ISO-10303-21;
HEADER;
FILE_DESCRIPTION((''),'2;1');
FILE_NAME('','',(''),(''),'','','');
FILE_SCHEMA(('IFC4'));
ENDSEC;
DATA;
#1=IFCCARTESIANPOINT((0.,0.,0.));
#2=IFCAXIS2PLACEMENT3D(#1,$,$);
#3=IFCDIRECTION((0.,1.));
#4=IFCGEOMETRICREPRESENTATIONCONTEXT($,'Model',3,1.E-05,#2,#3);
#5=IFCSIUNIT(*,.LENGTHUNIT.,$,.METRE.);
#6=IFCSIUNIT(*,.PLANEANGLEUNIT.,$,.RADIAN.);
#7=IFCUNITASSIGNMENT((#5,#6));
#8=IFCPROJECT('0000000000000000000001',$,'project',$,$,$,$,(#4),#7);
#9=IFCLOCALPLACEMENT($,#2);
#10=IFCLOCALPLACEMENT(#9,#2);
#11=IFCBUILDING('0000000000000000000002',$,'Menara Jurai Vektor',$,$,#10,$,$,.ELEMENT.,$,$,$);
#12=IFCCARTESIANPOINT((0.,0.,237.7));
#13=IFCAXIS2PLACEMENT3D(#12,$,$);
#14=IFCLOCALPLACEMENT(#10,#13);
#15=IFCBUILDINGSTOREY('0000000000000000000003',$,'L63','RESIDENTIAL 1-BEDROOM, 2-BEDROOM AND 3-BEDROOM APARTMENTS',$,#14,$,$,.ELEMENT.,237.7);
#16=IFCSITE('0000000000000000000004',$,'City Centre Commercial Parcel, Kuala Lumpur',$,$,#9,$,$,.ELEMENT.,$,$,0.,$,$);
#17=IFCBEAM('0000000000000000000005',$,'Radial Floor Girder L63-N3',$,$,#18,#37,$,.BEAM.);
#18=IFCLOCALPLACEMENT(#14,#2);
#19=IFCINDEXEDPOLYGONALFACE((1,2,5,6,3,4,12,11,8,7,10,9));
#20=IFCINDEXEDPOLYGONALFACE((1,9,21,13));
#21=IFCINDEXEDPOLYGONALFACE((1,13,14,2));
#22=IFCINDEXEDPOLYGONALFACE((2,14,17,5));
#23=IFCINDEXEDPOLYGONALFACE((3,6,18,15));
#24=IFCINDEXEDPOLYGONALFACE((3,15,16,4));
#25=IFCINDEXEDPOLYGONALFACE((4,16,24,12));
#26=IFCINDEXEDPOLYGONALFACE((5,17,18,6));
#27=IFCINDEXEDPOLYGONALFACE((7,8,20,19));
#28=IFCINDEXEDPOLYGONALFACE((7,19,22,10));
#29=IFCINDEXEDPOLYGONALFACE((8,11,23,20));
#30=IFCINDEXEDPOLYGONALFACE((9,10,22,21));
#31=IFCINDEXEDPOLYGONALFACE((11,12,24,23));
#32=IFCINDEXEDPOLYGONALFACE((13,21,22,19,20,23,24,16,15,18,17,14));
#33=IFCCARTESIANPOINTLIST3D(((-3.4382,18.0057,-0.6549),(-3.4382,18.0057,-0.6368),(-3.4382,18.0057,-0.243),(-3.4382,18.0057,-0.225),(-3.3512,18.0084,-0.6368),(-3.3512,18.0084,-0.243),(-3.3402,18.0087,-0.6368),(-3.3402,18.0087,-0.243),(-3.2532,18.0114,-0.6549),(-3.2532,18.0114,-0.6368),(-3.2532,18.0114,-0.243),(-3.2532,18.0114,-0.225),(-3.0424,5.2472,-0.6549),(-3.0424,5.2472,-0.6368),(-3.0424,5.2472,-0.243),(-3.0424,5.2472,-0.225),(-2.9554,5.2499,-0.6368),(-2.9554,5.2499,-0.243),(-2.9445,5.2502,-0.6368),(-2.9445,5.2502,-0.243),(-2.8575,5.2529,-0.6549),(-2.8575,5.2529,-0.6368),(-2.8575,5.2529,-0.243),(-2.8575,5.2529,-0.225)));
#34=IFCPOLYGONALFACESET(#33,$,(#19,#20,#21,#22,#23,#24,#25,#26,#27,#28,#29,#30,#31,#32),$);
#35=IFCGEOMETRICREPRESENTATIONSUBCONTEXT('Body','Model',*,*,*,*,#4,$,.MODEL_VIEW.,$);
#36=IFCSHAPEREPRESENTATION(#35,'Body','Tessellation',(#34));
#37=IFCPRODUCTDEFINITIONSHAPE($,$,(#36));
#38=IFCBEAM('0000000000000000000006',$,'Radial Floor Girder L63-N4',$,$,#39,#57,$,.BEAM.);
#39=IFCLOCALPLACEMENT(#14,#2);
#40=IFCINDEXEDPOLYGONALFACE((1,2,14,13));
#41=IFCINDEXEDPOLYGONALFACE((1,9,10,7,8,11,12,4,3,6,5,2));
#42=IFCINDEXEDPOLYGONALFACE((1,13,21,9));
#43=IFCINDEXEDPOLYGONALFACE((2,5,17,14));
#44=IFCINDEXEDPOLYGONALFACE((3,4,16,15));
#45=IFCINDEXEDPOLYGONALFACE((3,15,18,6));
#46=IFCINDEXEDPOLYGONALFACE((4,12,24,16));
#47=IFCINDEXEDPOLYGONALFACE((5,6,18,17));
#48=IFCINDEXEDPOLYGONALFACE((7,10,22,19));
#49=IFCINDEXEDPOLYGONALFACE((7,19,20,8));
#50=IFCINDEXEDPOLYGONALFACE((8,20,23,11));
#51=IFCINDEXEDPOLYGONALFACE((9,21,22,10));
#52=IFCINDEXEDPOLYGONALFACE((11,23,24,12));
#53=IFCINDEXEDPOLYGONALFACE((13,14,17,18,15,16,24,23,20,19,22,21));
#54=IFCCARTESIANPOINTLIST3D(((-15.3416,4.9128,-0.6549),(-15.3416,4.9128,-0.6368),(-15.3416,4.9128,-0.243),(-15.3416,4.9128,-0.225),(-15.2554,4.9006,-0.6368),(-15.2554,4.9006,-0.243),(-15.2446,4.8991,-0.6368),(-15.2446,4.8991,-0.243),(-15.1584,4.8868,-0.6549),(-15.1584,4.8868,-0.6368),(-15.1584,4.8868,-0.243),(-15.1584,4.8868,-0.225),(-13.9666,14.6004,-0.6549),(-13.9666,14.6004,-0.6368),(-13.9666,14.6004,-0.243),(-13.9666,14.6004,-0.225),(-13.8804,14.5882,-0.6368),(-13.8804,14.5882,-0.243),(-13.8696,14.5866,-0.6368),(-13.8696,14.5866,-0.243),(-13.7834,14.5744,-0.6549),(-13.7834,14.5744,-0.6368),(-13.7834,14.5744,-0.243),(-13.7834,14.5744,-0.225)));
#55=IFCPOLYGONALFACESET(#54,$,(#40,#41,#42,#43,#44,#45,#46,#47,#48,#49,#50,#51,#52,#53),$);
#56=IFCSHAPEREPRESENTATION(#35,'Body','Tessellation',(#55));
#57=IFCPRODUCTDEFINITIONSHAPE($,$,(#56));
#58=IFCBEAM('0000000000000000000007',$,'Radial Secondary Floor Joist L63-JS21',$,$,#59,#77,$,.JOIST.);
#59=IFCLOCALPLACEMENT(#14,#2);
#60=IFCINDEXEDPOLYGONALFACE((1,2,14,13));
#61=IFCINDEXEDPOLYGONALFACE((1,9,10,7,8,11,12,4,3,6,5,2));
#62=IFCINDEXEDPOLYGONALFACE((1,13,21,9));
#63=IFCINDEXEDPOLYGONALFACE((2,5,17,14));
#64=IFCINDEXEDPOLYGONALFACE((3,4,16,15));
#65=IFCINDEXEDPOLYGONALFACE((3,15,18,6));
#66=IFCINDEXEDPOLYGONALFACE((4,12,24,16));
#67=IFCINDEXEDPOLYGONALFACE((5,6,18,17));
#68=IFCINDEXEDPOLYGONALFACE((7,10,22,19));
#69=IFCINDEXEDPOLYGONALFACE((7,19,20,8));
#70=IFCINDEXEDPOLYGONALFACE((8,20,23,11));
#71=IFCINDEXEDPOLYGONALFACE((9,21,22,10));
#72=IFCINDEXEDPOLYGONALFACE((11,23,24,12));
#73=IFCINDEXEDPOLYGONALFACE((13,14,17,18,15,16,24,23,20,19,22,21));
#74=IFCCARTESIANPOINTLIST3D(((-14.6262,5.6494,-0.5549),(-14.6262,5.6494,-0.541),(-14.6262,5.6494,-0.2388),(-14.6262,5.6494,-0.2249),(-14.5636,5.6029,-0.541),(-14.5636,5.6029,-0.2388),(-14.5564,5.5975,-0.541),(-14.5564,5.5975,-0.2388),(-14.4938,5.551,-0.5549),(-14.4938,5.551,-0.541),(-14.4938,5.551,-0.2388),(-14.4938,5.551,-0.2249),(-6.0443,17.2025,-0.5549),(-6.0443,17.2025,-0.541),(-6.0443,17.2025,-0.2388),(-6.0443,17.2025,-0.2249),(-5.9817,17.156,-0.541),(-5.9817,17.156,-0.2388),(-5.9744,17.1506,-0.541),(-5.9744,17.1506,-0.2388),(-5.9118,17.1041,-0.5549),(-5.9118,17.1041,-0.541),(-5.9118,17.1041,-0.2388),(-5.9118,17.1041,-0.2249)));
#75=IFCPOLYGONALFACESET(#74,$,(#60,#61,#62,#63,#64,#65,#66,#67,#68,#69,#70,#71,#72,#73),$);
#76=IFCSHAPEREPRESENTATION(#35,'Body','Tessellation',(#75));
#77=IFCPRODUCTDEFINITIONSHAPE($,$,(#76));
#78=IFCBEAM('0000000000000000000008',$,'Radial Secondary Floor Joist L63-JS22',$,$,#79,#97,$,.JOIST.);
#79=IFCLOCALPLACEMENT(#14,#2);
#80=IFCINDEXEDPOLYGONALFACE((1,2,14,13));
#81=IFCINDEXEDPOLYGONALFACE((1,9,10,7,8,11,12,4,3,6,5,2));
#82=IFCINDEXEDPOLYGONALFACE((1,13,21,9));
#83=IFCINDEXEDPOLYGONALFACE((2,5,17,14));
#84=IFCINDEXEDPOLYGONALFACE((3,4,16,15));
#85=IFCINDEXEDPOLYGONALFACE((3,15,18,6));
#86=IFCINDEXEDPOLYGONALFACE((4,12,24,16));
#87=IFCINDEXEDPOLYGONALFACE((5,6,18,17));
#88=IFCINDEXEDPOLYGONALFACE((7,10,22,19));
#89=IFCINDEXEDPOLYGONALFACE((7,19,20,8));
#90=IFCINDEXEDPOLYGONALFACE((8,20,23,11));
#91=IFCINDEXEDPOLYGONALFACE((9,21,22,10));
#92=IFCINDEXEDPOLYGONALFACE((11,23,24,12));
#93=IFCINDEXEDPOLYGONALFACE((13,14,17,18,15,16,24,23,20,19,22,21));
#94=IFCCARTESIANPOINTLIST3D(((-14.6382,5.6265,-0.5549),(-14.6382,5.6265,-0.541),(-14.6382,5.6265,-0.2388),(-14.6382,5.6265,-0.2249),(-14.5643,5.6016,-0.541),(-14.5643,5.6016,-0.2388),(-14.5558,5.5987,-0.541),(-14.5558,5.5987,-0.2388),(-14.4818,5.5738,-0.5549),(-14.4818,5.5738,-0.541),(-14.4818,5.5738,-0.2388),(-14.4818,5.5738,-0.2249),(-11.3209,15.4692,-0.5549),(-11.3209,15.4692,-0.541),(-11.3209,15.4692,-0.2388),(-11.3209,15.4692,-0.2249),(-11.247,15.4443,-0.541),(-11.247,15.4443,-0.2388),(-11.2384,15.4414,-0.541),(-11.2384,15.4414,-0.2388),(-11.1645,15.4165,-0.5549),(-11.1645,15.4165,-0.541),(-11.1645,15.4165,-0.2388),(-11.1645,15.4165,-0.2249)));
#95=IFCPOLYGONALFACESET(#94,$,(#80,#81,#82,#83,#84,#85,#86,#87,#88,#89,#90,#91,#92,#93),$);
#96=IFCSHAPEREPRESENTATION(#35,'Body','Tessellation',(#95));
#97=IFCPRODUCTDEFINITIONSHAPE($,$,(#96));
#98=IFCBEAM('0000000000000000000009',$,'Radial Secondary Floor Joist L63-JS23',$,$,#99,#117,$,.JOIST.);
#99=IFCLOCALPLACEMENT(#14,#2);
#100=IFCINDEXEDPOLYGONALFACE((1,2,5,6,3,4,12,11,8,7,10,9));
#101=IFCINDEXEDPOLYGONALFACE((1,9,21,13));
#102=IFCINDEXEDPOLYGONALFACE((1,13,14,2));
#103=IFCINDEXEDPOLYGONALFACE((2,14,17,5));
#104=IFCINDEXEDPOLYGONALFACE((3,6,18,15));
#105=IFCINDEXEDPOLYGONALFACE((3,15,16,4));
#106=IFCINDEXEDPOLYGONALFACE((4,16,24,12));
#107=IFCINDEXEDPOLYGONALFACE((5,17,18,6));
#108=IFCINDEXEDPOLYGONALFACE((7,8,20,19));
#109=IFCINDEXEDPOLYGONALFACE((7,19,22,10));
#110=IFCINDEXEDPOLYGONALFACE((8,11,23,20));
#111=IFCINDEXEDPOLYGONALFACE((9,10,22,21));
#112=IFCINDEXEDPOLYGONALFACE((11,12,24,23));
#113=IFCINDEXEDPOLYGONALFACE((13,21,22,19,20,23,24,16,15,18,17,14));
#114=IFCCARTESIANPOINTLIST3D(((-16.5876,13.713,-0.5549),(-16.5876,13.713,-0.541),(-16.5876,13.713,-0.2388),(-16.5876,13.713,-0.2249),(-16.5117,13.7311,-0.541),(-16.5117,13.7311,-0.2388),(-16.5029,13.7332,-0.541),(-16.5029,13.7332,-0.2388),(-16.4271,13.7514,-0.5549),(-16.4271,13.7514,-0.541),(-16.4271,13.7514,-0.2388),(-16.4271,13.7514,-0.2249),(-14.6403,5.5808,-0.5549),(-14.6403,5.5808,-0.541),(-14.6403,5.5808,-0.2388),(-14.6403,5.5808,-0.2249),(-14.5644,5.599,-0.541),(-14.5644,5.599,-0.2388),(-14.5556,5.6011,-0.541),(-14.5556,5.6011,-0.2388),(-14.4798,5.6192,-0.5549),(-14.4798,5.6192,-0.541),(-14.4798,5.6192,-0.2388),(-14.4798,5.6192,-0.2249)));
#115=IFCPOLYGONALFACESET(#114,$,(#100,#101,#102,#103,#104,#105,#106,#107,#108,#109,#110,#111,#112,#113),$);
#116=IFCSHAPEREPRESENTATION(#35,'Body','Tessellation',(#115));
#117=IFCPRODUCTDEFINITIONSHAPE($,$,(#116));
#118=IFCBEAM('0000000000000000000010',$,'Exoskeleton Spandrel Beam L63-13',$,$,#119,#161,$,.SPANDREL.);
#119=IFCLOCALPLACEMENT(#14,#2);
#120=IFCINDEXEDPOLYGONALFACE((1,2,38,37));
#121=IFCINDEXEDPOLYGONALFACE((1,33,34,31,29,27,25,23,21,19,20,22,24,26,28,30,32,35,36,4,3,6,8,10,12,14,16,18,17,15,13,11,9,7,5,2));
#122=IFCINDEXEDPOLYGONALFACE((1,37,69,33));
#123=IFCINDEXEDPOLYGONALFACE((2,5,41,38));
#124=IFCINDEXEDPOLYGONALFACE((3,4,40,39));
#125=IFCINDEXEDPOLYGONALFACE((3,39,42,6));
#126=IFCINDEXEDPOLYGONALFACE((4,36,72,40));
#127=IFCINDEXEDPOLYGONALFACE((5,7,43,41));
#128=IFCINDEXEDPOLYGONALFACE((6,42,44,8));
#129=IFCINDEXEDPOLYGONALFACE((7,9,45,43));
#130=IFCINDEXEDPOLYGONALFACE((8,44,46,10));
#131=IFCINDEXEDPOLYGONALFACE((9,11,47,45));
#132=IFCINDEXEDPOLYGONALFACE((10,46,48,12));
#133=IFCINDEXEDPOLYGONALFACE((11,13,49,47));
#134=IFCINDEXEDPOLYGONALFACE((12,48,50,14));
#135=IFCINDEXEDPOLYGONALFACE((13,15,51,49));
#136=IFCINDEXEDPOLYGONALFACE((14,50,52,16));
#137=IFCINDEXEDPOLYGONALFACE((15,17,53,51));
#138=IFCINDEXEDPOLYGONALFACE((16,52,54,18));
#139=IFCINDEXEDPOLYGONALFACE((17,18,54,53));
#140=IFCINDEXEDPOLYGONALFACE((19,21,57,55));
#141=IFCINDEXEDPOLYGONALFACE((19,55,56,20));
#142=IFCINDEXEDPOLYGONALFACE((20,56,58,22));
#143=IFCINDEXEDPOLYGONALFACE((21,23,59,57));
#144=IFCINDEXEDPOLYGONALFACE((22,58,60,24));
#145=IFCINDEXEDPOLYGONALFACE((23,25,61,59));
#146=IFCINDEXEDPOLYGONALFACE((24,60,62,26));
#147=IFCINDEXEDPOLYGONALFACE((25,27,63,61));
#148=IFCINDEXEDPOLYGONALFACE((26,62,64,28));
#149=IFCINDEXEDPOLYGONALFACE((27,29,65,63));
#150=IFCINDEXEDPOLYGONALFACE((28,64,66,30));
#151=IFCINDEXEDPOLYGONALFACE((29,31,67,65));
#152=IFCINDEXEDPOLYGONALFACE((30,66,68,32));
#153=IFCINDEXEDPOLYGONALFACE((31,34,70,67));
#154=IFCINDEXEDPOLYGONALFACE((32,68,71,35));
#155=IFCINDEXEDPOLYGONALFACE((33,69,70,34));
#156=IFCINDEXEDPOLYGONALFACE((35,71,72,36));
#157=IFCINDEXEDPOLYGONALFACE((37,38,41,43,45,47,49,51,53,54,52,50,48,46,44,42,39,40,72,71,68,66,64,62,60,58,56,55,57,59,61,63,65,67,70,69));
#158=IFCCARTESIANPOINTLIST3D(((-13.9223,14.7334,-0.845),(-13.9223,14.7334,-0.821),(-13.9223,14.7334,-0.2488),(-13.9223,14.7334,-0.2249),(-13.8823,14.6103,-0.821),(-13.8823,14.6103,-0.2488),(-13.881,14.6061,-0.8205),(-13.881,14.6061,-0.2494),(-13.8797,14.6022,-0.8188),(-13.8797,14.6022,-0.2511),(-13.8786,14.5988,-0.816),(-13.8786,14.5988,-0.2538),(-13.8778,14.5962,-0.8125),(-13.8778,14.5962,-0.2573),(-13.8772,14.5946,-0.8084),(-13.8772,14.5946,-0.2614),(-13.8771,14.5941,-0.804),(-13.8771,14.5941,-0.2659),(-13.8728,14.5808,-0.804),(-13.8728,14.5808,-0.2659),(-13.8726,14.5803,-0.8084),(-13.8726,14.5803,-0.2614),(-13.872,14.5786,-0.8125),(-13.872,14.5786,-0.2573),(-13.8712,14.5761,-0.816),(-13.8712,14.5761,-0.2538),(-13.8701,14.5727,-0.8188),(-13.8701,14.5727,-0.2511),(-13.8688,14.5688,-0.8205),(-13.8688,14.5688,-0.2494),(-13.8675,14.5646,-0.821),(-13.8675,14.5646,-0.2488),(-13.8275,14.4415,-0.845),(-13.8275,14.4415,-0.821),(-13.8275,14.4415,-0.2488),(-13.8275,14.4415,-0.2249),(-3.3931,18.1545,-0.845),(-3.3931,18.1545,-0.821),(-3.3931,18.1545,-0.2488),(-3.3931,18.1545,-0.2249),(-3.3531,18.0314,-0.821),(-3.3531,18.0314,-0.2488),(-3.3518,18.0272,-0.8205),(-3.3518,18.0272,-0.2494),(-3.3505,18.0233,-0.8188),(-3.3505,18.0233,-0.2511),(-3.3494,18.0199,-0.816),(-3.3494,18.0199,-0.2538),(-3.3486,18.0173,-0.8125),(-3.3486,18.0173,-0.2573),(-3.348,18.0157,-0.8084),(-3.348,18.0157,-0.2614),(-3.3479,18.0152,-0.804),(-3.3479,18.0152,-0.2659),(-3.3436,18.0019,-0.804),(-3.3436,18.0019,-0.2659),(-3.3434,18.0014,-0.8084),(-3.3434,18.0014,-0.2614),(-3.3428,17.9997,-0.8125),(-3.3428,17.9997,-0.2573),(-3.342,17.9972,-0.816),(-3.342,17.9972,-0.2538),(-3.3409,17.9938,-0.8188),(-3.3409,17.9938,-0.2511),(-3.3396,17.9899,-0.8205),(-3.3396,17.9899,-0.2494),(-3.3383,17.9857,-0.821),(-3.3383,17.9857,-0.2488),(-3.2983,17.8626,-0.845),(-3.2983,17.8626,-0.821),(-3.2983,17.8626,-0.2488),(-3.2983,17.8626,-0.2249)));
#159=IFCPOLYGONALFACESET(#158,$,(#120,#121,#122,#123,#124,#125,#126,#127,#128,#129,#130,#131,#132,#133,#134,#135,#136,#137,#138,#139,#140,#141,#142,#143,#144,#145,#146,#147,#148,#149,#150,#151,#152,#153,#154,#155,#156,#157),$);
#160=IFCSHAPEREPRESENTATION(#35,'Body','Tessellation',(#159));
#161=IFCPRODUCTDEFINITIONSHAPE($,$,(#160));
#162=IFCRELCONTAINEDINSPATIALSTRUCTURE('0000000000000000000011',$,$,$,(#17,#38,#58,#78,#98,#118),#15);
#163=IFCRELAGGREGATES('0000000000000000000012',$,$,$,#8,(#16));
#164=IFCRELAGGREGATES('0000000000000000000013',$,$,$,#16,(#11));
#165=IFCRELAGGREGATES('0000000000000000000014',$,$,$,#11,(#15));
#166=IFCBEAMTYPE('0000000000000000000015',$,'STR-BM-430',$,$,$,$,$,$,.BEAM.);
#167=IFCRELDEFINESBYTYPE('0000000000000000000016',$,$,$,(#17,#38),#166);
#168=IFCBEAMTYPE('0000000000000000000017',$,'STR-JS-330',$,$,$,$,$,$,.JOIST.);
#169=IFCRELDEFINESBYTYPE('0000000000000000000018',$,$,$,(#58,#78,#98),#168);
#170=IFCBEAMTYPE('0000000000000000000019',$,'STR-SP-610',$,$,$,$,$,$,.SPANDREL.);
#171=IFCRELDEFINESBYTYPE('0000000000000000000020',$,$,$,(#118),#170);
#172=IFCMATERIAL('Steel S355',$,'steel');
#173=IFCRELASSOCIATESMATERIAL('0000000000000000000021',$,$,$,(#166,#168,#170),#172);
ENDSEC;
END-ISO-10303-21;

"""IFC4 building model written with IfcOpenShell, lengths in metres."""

from ifc_helpers import new_model, si_unit, direction, frame, origin, origin_2d, place, context, subcontext, project, spatial, i_section, extrude, material, material_profile, profile_set, type_object, element, save


model = new_model("IFC4")

# Units and contexts
model_context = context("Model", 3, precision=1e-05, world=origin(), true_north=direction((0.0, 1.0)))
body_context = subcontext(model_context, "Body", "Model", "MODEL_VIEW")
ifc_project = project(units=[si_unit("LENGTHUNIT", "METRE"), si_unit("PLANEANGLEUNIT", "RADIAN")], contexts=[model_context])

# Site, building, storey
site_placement = place(None, origin())
site = spatial("IfcSite", under=ifc_project, at=site_placement, Name="City Centre Commercial Parcel, Kuala Lumpur", CompositionType="ELEMENT", RefElevation=0.0)
building_placement = place(site_placement, origin())
building = spatial("IfcBuilding", under=site, at=building_placement, Name="Menara Jurai Vektor", CompositionType="ELEMENT")
storey_placement = place(building_placement, frame((0.0, 0.0, 237.7)))
storey = spatial("IfcBuildingStorey", under=building, at=storey_placement, Name="L63", Description="RESIDENTIAL 1-BEDROOM, 2-BEDROOM AND 3-BEDROOM APARTMENTS", CompositionType="ELEMENT", Elevation=237.7)

# Beams
ifc_material_1 = material(Name="Steel S355", Category="steel")
ifc_material_profile_1 = material_profile(ifc_material_1, i_section(OverallWidth=0.1851, OverallDepth=0.4299, WebThickness=0.011, FlangeThickness=0.0181, at=origin_2d()), Name="PG 430x185x76")
ifc_profile_set_1 = profile_set([ifc_material_profile_1], Name="Steel S355")
beam_type_1 = type_object("IfcBeamType", Name="STR-BM-430", PredefinedType="BEAM", material=ifc_profile_set_1)
beam_1_placement = place(storey_placement, frame((-3.3457, 18.0085, -0.4399), z_axis=(0.031004, -0.999519, 0.0), x_axis=(0.999519, 0.031004, 0.0)))
element("IfcBeam", 1, at=beam_1_placement, inside=storey, type_object=beam_type_1, Name="Radial Floor Girder L63-N3", PredefinedType="BEAM", context=body_context, shape_type="SweptSolid", body=[
    extrude(i_section(OverallWidth=0.1851, OverallDepth=0.4299, WebThickness=0.011, FlangeThickness=0.0181, at=origin_2d()), origin(), (0.0, 0.0, 1.0), 12.7646),
])
beam_2_placement = place(storey_placement, frame((-13.875, 14.5874, -0.4399), z_axis=(-0.140527, -0.990077, 0.0), x_axis=(0.990077, -0.140527, 0.0)))
element("IfcBeam", 2, at=beam_2_placement, inside=storey, type_object=beam_type_1, Name="Radial Floor Girder L63-N4", PredefinedType="BEAM", context=body_context, shape_type="SweptSolid", body=[
    extrude(i_section(OverallWidth=0.1851, OverallDepth=0.4299, WebThickness=0.011, FlangeThickness=0.0181, at=origin_2d()), origin(), (0.0, 0.0, 1.0), 9.7847),
])
ifc_material_profile_2 = material_profile(ifc_material_1, i_section(OverallWidth=0.165, OverallDepth=0.3301, WebThickness=0.009, FlangeThickness=0.0139, at=origin_2d()), Name="PG 330x165x46")
ifc_profile_set_2 = profile_set([ifc_material_profile_2], Name="Steel S355")
beam_type_2 = type_object("IfcBeamType", Name="STR-JS-330", PredefinedType="JOIST", material=ifc_profile_set_2)
beam_3_placement = place(storey_placement, frame((-5.978, 17.1533, -0.3899), z_axis=(-0.596308, -0.802756, 0.0), x_axis=(0.802756, -0.596308, 0.0)))
element("IfcBeam", 3, at=beam_3_placement, inside=storey, type_object=beam_type_2, Name="Radial Secondary Floor Joist L63-JS21", PredefinedType="JOIST", context=body_context, shape_type="SweptSolid", body=[
    extrude(i_section(OverallWidth=0.165, OverallDepth=0.3301, WebThickness=0.009, FlangeThickness=0.0139, at=origin_2d()), origin(), (0.0, 0.0, 1.0), 14.3918),
])
beam_4_placement = place(storey_placement, frame((-11.2427, 15.4429, -0.3899), z_axis=(-0.319385, -0.947625, 0.0), x_axis=(0.947625, -0.319385, 0.0)))
element("IfcBeam", 4, at=beam_4_placement, inside=storey, type_object=beam_type_2, Name="Radial Secondary Floor Joist L63-JS22", PredefinedType="JOIST", context=body_context, shape_type="SweptSolid", body=[
    extrude(i_section(OverallWidth=0.165, OverallDepth=0.3301, WebThickness=0.009, FlangeThickness=0.0139, at=origin_2d()), origin(), (0.0, 0.0, 1.0), 10.3867),
])
beam_5_placement = place(storey_placement, frame((-16.5073, 13.7322, -0.3899), z_axis=(0.232872, -0.972507, 0.0), x_axis=(0.972507, 0.232872, 0.0)))
element("IfcBeam", 5, at=beam_5_placement, inside=storey, type_object=beam_type_2, Name="Radial Secondary Floor Joist L63-JS23", PredefinedType="JOIST", context=body_context, shape_type="SweptSolid", body=[
    extrude(i_section(OverallWidth=0.165, OverallDepth=0.3301, WebThickness=0.009, FlangeThickness=0.0139, at=origin_2d()), origin(), (0.0, 0.0, 1.0), 8.3621),
])
ifc_material_profile_3 = material_profile(ifc_material_1, i_section(OverallWidth=0.3069, OverallDepth=0.6201, WebThickness=0.0139, FlangeThickness=0.0239, FilletRadius=0.0171, at=origin_2d()), Name="UKB 610x305x179")
ifc_profile_set_3 = profile_set([ifc_material_profile_3], Name="Steel S355")
beam_type_3 = type_object("IfcBeamType", Name="STR-SP-610", PredefinedType="SPANDREL", material=ifc_profile_set_3)
for number, where, z_axis, x_axis, name in (
    (6, (-3.3457, 18.0085, -0.5349), (-0.951057, -0.309014, 0.0), (0.309014, -0.951057, 0.0), "Exoskeleton Spandrel Beam L63-13"),
):
    element("IfcBeam", number, at=place(storey_placement, frame(where, z_axis=z_axis, x_axis=x_axis)), inside=storey, type_object=beam_type_3, Name=name, PredefinedType="SPANDREL", context=body_context, shape_type="SweptSolid", body=[
        extrude(i_section(OverallWidth=0.3069, OverallDepth=0.6201, WebThickness=0.0139, FlangeThickness=0.0239, FilletRadius=0.0171, at=origin_2d()), origin(), (0.0, 0.0, 1.0), 11.071),
    ])

save(model, "model.ifc")
